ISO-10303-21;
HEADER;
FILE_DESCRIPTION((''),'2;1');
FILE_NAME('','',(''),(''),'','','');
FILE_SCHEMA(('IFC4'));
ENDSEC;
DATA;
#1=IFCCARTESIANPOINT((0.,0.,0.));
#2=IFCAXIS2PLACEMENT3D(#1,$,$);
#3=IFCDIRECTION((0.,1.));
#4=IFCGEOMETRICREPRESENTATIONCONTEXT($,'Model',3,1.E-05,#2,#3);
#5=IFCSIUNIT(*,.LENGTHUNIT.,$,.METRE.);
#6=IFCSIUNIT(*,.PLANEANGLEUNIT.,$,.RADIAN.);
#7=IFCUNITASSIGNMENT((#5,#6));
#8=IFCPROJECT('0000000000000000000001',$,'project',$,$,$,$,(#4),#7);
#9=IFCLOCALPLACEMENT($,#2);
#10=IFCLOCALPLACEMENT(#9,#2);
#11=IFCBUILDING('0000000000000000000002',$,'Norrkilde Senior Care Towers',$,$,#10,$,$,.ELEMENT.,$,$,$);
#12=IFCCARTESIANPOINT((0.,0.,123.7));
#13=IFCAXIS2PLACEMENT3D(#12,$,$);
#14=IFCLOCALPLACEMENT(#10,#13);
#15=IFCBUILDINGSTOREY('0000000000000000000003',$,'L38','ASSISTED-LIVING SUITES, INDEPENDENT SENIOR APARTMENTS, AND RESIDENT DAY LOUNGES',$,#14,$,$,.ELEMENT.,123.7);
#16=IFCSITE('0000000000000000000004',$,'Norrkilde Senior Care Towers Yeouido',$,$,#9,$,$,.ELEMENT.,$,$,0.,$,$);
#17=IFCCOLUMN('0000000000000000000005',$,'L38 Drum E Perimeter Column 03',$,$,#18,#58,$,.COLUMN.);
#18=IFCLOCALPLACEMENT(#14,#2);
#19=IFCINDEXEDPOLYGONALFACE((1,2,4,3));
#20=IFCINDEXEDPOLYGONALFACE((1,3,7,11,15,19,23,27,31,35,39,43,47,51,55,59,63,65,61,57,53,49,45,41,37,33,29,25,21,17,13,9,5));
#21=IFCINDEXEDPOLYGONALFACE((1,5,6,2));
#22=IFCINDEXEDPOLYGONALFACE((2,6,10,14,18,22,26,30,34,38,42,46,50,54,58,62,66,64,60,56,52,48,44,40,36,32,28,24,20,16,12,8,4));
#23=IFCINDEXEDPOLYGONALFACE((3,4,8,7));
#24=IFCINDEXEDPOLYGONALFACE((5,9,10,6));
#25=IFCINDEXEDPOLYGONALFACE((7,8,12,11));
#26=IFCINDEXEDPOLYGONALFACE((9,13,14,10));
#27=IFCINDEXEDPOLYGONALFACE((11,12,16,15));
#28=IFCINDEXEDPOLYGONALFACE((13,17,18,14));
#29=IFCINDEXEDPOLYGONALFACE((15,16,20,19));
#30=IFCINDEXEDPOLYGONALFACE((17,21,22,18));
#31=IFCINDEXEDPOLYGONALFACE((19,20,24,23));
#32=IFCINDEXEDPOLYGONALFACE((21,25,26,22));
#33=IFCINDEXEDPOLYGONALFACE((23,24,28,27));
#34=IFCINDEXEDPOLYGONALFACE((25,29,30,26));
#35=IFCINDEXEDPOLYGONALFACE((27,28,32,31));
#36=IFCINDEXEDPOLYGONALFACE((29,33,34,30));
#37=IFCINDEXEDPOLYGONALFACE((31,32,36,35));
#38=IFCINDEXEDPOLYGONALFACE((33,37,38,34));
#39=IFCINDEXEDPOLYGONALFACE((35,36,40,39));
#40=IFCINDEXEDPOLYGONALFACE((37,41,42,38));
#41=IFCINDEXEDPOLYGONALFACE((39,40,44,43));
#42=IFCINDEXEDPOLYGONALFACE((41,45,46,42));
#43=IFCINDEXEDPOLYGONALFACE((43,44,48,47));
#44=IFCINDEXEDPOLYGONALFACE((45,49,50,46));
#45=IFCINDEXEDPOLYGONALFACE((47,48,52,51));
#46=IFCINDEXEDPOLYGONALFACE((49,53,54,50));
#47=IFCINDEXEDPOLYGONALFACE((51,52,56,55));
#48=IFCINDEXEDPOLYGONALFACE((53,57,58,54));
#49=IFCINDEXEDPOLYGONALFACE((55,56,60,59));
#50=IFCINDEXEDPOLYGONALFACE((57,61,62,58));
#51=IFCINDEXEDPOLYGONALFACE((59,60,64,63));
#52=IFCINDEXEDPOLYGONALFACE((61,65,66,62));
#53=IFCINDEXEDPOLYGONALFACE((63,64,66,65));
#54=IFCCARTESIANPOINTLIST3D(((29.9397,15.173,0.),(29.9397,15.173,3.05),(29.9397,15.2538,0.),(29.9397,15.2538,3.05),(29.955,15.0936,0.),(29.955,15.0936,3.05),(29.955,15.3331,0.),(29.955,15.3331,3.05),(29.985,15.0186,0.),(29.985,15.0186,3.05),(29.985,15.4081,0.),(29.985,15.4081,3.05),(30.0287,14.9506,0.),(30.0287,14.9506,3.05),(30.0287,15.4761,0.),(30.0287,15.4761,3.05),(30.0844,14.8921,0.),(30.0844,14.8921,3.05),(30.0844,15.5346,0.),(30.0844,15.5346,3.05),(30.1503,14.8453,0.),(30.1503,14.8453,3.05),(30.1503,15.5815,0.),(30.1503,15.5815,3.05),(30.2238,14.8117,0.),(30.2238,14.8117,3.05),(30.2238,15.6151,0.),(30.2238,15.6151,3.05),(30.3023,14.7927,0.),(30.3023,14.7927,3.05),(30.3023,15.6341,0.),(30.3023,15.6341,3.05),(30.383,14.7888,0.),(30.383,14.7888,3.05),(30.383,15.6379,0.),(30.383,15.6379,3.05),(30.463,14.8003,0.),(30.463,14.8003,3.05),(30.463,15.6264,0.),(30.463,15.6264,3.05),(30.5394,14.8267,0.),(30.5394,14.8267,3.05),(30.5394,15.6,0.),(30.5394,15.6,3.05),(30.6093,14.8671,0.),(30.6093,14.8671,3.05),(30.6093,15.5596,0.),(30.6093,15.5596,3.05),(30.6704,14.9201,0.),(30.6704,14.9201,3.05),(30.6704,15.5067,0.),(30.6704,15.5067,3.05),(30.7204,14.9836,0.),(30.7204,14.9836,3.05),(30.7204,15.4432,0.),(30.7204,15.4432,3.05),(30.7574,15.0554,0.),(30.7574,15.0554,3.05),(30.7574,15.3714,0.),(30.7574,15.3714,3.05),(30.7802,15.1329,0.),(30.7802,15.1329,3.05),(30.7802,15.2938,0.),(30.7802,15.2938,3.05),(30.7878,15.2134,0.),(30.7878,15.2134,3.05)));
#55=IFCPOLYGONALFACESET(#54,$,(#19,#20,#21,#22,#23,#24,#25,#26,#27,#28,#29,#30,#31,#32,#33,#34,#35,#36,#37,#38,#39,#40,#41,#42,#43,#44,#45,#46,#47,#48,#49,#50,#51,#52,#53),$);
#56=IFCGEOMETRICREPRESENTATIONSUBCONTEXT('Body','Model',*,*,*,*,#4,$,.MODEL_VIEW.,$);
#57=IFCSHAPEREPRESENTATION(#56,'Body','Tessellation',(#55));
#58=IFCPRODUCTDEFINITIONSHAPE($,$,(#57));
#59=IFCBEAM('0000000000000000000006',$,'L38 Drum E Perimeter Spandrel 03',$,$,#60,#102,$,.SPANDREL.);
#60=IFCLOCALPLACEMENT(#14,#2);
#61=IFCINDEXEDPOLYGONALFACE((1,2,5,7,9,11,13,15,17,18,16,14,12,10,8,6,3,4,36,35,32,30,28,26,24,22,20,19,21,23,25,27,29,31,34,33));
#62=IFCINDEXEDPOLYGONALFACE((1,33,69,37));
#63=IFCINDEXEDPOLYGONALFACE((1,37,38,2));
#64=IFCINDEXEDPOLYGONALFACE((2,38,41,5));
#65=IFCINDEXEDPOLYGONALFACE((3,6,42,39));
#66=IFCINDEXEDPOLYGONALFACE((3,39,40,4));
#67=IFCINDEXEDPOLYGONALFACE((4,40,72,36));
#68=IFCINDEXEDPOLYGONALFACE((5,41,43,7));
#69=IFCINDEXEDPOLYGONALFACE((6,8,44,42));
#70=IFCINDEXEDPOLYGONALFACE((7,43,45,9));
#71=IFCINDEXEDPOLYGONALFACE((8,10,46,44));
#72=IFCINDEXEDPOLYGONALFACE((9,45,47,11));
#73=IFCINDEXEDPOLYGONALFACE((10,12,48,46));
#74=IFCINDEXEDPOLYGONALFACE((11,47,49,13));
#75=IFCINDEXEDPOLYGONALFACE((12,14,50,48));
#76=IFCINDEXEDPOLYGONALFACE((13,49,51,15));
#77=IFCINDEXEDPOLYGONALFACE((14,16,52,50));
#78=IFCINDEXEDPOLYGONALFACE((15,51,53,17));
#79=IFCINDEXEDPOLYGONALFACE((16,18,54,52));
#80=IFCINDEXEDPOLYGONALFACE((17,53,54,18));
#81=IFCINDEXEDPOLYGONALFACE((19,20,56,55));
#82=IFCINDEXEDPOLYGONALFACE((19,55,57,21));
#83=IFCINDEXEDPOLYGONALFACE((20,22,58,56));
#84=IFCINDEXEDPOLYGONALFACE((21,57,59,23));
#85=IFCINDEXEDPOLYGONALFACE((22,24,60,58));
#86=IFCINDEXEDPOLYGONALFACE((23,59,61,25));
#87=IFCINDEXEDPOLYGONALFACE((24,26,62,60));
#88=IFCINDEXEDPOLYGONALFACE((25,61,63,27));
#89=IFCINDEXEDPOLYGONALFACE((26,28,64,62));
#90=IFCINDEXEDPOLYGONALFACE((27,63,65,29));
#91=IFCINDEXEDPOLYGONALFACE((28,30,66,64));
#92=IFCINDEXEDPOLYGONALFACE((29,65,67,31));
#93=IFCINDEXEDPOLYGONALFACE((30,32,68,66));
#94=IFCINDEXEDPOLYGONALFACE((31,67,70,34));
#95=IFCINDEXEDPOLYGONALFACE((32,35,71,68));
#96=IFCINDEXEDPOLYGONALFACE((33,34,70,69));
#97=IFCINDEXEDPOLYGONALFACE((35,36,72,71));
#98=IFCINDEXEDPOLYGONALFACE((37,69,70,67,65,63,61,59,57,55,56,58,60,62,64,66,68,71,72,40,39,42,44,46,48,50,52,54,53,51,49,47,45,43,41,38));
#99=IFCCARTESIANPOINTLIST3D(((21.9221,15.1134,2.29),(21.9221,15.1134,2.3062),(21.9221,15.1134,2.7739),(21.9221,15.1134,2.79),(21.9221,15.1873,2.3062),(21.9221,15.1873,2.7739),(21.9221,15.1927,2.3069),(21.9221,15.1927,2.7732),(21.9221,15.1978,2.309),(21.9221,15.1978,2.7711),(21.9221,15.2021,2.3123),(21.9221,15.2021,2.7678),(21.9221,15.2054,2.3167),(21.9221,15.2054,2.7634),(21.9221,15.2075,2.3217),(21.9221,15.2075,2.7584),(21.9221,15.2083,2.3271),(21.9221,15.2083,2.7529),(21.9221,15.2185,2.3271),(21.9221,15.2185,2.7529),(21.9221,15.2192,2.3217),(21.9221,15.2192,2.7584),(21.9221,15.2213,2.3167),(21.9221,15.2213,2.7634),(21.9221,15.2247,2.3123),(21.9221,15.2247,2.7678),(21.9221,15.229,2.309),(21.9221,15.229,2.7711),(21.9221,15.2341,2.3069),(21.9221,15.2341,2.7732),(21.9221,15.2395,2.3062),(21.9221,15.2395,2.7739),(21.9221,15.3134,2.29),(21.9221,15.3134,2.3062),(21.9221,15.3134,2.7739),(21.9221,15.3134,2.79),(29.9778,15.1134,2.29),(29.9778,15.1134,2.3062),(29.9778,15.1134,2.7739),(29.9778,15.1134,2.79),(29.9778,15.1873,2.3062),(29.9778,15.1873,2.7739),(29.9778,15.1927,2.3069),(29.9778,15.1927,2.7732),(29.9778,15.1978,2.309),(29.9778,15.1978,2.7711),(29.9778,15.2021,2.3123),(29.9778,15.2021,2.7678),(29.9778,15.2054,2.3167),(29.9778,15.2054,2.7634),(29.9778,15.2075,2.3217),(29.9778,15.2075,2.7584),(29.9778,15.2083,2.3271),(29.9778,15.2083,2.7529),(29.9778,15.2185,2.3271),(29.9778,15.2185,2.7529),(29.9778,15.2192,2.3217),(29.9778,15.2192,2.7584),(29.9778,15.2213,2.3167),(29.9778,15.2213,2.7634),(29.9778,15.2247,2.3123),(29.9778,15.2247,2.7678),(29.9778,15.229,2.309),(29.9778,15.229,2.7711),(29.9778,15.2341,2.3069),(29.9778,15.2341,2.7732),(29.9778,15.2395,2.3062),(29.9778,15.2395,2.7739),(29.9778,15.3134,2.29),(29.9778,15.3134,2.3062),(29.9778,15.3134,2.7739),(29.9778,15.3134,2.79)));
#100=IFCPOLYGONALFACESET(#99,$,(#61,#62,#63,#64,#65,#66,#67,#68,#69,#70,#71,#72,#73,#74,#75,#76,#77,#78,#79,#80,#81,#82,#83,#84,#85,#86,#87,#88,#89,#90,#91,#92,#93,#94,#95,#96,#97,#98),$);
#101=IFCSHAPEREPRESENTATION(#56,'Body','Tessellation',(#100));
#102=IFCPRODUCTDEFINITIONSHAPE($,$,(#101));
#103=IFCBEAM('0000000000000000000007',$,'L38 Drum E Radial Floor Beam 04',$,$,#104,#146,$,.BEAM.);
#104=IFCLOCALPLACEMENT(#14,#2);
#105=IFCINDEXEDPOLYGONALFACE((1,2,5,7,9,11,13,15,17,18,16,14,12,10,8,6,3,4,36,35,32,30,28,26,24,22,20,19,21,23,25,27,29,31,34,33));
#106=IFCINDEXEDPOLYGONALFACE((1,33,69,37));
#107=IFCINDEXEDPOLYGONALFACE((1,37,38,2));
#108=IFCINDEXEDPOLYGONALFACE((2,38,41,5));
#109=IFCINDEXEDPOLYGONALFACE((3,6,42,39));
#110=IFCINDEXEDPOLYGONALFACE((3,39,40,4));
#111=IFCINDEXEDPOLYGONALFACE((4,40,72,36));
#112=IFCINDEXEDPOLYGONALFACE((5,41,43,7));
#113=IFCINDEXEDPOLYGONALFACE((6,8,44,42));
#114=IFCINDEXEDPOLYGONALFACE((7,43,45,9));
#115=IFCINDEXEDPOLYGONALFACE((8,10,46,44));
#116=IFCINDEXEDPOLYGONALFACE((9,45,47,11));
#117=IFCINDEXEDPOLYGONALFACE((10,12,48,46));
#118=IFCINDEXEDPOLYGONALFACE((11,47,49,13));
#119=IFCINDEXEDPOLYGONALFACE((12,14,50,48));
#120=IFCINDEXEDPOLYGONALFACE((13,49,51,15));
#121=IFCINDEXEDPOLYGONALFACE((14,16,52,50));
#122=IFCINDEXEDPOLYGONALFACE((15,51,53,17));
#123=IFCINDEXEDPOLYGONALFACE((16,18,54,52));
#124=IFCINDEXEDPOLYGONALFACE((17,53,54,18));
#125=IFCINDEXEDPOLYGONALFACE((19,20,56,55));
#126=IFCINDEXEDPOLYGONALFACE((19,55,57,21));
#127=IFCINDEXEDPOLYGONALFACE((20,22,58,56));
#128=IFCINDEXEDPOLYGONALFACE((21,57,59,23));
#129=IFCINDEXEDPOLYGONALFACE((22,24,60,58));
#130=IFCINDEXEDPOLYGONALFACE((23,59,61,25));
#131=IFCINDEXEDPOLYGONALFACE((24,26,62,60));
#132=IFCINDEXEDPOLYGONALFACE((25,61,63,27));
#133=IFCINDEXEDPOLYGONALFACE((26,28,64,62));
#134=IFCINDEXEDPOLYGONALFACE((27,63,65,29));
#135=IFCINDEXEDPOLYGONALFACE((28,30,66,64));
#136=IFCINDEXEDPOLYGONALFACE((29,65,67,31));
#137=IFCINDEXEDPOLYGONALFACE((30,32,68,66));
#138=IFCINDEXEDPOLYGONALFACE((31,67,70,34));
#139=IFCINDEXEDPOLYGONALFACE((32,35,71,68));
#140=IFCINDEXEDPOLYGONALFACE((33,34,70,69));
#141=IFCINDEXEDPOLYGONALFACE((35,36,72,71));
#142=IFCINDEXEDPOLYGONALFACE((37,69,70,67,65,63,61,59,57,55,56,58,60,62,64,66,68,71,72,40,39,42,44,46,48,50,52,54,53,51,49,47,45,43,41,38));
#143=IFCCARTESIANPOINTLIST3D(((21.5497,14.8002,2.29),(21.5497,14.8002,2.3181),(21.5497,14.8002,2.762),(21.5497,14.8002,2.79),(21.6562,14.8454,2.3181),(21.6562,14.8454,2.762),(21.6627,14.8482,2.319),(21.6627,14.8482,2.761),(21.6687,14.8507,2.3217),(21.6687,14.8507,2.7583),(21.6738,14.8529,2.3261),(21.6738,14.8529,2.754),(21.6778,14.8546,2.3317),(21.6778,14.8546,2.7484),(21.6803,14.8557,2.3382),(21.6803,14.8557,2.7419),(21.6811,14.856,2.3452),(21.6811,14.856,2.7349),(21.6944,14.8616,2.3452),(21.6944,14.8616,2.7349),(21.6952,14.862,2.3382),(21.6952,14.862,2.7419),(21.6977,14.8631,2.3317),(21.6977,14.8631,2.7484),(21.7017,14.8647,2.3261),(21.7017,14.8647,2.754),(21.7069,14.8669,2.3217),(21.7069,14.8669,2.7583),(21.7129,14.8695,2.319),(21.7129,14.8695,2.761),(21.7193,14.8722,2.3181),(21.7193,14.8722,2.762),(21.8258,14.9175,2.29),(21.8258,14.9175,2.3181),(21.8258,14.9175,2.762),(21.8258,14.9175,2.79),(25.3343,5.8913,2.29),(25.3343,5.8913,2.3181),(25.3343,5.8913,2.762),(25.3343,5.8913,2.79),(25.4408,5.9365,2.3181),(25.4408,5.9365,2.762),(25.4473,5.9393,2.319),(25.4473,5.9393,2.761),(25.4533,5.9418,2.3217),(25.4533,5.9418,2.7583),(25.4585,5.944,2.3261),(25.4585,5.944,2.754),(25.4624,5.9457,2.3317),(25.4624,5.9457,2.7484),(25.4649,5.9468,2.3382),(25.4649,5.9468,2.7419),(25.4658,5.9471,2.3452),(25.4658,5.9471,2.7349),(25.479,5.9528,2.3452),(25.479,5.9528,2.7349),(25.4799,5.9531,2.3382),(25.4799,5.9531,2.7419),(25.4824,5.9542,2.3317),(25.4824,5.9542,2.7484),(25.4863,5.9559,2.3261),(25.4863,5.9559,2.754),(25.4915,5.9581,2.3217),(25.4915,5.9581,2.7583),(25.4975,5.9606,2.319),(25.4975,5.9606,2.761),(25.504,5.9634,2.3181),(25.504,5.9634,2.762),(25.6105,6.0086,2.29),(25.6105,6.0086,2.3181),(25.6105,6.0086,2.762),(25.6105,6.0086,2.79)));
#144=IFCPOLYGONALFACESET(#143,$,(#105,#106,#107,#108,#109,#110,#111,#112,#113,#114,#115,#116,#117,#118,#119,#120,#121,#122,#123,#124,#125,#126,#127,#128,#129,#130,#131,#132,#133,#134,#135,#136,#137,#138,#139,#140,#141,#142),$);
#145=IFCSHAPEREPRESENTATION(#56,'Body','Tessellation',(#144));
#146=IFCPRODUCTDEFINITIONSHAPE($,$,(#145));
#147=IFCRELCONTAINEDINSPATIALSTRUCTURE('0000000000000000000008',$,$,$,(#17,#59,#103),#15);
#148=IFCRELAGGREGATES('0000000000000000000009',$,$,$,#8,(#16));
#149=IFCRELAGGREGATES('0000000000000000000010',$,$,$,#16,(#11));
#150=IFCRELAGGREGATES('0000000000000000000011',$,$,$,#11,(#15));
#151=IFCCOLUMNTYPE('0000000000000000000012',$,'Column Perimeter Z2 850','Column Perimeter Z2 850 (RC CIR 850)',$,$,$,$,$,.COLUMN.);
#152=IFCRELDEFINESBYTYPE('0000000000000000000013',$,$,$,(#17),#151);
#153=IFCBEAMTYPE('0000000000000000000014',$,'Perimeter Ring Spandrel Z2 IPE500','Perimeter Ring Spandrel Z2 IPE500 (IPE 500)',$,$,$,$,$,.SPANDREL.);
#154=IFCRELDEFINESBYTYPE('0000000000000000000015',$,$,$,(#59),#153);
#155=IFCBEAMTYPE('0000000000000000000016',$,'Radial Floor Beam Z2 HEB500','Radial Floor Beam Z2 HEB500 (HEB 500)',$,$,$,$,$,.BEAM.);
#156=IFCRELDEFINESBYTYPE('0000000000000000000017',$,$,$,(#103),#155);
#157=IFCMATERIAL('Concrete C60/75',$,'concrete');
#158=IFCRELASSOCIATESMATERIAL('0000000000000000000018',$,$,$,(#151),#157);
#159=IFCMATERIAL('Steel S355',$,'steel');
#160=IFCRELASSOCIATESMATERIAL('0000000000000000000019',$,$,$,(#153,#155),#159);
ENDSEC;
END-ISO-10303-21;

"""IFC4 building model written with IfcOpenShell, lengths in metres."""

from ifc_helpers import new_model, si_unit, direction, frame, origin, origin_2d, place, context, subcontext, project, spatial, circle, i_section, extrude, source, transform, mapped, material, material_profile, profile_set, type_object, type_shapes, element, save


model = new_model("IFC4")

# Units and contexts
model_context = context("Model", 3, precision=1e-05, world=origin(), true_north=direction((0.0, 1.0)))
body_context = subcontext(model_context, "Body", "Model", "MODEL_VIEW")
ifc_project = project(units=[si_unit("LENGTHUNIT", "METRE"), si_unit("PLANEANGLEUNIT", "RADIAN")], contexts=[model_context])

# Site, building, storey
site_placement = place(None, origin())
site = spatial("IfcSite", under=ifc_project, at=site_placement, Name="Norrkilde Senior Care Towers Yeouido", CompositionType="ELEMENT", RefElevation=0.0)
building_placement = place(site_placement, origin())
building = spatial("IfcBuilding", under=site, at=building_placement, Name="Norrkilde Senior Care Towers", CompositionType="ELEMENT")
storey_placement = place(building_placement, frame((0.0, 0.0, 123.7)))
storey = spatial("IfcBuildingStorey", under=building, at=storey_placement, Name="L38", Description="ASSISTED-LIVING SUITES, INDEPENDENT SENIOR APARTMENTS, AND RESIDENT DAY LOUNGES", CompositionType="ELEMENT", Elevation=123.7)

# Column
ifc_material_1 = material(Name="Concrete C60/75", Category="concrete")
ifc_material_profile_1 = material_profile(ifc_material_1, circle(Radius=0.425, at=origin_2d()), Name="RC CIR 850")
ifc_profile_set_1 = profile_set([ifc_material_profile_1], Name="Concrete C60/75")
column_type = type_object("IfcColumnType", Name="Column Perimeter Z2 850", Description="Column Perimeter Z2 850 (RC CIR 850)", PredefinedType="COLUMN", material=ifc_profile_set_1)
shared_shape_1 = source(origin(), body_context, "Body", "SweptSolid", [
    extrude(circle(Radius=0.425, at=origin_2d()), origin(), (0.0, 0.0, 1.0), 3.05),
])
type_shapes(column_type, [shared_shape_1])
column_placement = place(storey_placement, frame((30.3628, 15.2134, 0.0), z_axis=(0.0, 0.0, 1.0), x_axis=(1.0, 0.0, 0.0)))
element("IfcColumn", 1, at=column_placement, inside=storey, type_object=column_type, Name="L38 Drum E Perimeter Column 03", PredefinedType="COLUMN", context=body_context, shape_type="MappedRepresentation", body=[
    mapped(shared_shape_1, transform((0.0, 0.0, 0.0), x_axis=(1.0, 0.0, 0.0), y_axis=(0.0, 1.0, 0.0), z_axis=(0.0, 0.0, 1.0), scale=1.0)),
])

# Beams
ifc_material_2 = material(Name="Steel S355", Category="steel")
ifc_material_profile_2 = material_profile(ifc_material_2, i_section(OverallWidth=0.2, OverallDepth=0.5, WebThickness=0.0103, FlangeThickness=0.0161, FilletRadius=0.021, at=origin_2d()), Name="IPE 500")
ifc_profile_set_2 = profile_set([ifc_material_profile_2], Name="Steel S355")
beam_type_1 = type_object("IfcBeamType", Name="Perimeter Ring Spandrel Z2 IPE500", Description="Perimeter Ring Spandrel Z2 IPE500 (IPE 500)", PredefinedType="SPANDREL", material=ifc_profile_set_2)
shared_shape_2 = source(origin(), body_context, "Body", "SweptSolid", [
    extrude(i_section(OverallWidth=0.2, OverallDepth=0.5, WebThickness=0.0103, FlangeThickness=0.0161, FilletRadius=0.021, at=origin_2d()), origin(), (0.0, 0.0, 1.0), 8.0557),
])
type_shapes(beam_type_1, [shared_shape_2])
beam_1_placement = place(storey_placement, frame((29.9778, 15.2134, 2.54), z_axis=(-1.0, 0.0, 0.0), x_axis=(0.0, -1.0, 0.0)))
element("IfcBeam", 2, at=beam_1_placement, inside=storey, type_object=beam_type_1, Name="L38 Drum E Perimeter Spandrel 03", PredefinedType="SPANDREL", context=body_context, shape_type="MappedRepresentation", body=[
    mapped(shared_shape_2, transform((0.0, 0.0, 0.0), x_axis=(1.0, 0.0, 0.0), y_axis=(0.0, 1.0, 0.0), z_axis=(0.0, 0.0, 1.0), scale=1.0)),
])
ifc_material_profile_3 = material_profile(ifc_material_2, i_section(OverallWidth=0.3, OverallDepth=0.5, WebThickness=0.0144, FlangeThickness=0.0281, FilletRadius=0.0271, at=origin_2d()), Name="HEB 500")
ifc_profile_set_3 = profile_set([ifc_material_profile_3], Name="Steel S355")
beam_type_2 = type_object("IfcBeamType", Name="Radial Floor Beam Z2 HEB500", Description="Radial Floor Beam Z2 HEB500 (HEB 500)", PredefinedType="BEAM", material=ifc_profile_set_3)
shared_shape_3 = source(origin(), body_context, "Body", "SweptSolid", [
    extrude(i_section(OverallWidth=0.3, OverallDepth=0.5, WebThickness=0.0144, FlangeThickness=0.0281, FilletRadius=0.0271, at=origin_2d()), origin(), (0.0, 0.0, 1.0), 9.6794),
])
beam_2_placement = place(storey_placement, frame((25.4724, 5.95, 2.54), z_axis=(-0.390998, 0.920392, 0.0), x_axis=(-0.920392, -0.390998, 0.0)))
element("IfcBeam", 3, at=beam_2_placement, inside=storey, type_object=beam_type_2, Name="L38 Drum E Radial Floor Beam 04", PredefinedType="BEAM", context=body_context, shape_type="MappedRepresentation", body=[
    mapped(shared_shape_3, transform((0.0, 0.0, 0.0), x_axis=(1.0, 0.0, 0.0), y_axis=(0.0, 1.0, 0.0), z_axis=(0.0, 0.0, 1.0), scale=1.0)),
])

save(model, "model.ifc")
